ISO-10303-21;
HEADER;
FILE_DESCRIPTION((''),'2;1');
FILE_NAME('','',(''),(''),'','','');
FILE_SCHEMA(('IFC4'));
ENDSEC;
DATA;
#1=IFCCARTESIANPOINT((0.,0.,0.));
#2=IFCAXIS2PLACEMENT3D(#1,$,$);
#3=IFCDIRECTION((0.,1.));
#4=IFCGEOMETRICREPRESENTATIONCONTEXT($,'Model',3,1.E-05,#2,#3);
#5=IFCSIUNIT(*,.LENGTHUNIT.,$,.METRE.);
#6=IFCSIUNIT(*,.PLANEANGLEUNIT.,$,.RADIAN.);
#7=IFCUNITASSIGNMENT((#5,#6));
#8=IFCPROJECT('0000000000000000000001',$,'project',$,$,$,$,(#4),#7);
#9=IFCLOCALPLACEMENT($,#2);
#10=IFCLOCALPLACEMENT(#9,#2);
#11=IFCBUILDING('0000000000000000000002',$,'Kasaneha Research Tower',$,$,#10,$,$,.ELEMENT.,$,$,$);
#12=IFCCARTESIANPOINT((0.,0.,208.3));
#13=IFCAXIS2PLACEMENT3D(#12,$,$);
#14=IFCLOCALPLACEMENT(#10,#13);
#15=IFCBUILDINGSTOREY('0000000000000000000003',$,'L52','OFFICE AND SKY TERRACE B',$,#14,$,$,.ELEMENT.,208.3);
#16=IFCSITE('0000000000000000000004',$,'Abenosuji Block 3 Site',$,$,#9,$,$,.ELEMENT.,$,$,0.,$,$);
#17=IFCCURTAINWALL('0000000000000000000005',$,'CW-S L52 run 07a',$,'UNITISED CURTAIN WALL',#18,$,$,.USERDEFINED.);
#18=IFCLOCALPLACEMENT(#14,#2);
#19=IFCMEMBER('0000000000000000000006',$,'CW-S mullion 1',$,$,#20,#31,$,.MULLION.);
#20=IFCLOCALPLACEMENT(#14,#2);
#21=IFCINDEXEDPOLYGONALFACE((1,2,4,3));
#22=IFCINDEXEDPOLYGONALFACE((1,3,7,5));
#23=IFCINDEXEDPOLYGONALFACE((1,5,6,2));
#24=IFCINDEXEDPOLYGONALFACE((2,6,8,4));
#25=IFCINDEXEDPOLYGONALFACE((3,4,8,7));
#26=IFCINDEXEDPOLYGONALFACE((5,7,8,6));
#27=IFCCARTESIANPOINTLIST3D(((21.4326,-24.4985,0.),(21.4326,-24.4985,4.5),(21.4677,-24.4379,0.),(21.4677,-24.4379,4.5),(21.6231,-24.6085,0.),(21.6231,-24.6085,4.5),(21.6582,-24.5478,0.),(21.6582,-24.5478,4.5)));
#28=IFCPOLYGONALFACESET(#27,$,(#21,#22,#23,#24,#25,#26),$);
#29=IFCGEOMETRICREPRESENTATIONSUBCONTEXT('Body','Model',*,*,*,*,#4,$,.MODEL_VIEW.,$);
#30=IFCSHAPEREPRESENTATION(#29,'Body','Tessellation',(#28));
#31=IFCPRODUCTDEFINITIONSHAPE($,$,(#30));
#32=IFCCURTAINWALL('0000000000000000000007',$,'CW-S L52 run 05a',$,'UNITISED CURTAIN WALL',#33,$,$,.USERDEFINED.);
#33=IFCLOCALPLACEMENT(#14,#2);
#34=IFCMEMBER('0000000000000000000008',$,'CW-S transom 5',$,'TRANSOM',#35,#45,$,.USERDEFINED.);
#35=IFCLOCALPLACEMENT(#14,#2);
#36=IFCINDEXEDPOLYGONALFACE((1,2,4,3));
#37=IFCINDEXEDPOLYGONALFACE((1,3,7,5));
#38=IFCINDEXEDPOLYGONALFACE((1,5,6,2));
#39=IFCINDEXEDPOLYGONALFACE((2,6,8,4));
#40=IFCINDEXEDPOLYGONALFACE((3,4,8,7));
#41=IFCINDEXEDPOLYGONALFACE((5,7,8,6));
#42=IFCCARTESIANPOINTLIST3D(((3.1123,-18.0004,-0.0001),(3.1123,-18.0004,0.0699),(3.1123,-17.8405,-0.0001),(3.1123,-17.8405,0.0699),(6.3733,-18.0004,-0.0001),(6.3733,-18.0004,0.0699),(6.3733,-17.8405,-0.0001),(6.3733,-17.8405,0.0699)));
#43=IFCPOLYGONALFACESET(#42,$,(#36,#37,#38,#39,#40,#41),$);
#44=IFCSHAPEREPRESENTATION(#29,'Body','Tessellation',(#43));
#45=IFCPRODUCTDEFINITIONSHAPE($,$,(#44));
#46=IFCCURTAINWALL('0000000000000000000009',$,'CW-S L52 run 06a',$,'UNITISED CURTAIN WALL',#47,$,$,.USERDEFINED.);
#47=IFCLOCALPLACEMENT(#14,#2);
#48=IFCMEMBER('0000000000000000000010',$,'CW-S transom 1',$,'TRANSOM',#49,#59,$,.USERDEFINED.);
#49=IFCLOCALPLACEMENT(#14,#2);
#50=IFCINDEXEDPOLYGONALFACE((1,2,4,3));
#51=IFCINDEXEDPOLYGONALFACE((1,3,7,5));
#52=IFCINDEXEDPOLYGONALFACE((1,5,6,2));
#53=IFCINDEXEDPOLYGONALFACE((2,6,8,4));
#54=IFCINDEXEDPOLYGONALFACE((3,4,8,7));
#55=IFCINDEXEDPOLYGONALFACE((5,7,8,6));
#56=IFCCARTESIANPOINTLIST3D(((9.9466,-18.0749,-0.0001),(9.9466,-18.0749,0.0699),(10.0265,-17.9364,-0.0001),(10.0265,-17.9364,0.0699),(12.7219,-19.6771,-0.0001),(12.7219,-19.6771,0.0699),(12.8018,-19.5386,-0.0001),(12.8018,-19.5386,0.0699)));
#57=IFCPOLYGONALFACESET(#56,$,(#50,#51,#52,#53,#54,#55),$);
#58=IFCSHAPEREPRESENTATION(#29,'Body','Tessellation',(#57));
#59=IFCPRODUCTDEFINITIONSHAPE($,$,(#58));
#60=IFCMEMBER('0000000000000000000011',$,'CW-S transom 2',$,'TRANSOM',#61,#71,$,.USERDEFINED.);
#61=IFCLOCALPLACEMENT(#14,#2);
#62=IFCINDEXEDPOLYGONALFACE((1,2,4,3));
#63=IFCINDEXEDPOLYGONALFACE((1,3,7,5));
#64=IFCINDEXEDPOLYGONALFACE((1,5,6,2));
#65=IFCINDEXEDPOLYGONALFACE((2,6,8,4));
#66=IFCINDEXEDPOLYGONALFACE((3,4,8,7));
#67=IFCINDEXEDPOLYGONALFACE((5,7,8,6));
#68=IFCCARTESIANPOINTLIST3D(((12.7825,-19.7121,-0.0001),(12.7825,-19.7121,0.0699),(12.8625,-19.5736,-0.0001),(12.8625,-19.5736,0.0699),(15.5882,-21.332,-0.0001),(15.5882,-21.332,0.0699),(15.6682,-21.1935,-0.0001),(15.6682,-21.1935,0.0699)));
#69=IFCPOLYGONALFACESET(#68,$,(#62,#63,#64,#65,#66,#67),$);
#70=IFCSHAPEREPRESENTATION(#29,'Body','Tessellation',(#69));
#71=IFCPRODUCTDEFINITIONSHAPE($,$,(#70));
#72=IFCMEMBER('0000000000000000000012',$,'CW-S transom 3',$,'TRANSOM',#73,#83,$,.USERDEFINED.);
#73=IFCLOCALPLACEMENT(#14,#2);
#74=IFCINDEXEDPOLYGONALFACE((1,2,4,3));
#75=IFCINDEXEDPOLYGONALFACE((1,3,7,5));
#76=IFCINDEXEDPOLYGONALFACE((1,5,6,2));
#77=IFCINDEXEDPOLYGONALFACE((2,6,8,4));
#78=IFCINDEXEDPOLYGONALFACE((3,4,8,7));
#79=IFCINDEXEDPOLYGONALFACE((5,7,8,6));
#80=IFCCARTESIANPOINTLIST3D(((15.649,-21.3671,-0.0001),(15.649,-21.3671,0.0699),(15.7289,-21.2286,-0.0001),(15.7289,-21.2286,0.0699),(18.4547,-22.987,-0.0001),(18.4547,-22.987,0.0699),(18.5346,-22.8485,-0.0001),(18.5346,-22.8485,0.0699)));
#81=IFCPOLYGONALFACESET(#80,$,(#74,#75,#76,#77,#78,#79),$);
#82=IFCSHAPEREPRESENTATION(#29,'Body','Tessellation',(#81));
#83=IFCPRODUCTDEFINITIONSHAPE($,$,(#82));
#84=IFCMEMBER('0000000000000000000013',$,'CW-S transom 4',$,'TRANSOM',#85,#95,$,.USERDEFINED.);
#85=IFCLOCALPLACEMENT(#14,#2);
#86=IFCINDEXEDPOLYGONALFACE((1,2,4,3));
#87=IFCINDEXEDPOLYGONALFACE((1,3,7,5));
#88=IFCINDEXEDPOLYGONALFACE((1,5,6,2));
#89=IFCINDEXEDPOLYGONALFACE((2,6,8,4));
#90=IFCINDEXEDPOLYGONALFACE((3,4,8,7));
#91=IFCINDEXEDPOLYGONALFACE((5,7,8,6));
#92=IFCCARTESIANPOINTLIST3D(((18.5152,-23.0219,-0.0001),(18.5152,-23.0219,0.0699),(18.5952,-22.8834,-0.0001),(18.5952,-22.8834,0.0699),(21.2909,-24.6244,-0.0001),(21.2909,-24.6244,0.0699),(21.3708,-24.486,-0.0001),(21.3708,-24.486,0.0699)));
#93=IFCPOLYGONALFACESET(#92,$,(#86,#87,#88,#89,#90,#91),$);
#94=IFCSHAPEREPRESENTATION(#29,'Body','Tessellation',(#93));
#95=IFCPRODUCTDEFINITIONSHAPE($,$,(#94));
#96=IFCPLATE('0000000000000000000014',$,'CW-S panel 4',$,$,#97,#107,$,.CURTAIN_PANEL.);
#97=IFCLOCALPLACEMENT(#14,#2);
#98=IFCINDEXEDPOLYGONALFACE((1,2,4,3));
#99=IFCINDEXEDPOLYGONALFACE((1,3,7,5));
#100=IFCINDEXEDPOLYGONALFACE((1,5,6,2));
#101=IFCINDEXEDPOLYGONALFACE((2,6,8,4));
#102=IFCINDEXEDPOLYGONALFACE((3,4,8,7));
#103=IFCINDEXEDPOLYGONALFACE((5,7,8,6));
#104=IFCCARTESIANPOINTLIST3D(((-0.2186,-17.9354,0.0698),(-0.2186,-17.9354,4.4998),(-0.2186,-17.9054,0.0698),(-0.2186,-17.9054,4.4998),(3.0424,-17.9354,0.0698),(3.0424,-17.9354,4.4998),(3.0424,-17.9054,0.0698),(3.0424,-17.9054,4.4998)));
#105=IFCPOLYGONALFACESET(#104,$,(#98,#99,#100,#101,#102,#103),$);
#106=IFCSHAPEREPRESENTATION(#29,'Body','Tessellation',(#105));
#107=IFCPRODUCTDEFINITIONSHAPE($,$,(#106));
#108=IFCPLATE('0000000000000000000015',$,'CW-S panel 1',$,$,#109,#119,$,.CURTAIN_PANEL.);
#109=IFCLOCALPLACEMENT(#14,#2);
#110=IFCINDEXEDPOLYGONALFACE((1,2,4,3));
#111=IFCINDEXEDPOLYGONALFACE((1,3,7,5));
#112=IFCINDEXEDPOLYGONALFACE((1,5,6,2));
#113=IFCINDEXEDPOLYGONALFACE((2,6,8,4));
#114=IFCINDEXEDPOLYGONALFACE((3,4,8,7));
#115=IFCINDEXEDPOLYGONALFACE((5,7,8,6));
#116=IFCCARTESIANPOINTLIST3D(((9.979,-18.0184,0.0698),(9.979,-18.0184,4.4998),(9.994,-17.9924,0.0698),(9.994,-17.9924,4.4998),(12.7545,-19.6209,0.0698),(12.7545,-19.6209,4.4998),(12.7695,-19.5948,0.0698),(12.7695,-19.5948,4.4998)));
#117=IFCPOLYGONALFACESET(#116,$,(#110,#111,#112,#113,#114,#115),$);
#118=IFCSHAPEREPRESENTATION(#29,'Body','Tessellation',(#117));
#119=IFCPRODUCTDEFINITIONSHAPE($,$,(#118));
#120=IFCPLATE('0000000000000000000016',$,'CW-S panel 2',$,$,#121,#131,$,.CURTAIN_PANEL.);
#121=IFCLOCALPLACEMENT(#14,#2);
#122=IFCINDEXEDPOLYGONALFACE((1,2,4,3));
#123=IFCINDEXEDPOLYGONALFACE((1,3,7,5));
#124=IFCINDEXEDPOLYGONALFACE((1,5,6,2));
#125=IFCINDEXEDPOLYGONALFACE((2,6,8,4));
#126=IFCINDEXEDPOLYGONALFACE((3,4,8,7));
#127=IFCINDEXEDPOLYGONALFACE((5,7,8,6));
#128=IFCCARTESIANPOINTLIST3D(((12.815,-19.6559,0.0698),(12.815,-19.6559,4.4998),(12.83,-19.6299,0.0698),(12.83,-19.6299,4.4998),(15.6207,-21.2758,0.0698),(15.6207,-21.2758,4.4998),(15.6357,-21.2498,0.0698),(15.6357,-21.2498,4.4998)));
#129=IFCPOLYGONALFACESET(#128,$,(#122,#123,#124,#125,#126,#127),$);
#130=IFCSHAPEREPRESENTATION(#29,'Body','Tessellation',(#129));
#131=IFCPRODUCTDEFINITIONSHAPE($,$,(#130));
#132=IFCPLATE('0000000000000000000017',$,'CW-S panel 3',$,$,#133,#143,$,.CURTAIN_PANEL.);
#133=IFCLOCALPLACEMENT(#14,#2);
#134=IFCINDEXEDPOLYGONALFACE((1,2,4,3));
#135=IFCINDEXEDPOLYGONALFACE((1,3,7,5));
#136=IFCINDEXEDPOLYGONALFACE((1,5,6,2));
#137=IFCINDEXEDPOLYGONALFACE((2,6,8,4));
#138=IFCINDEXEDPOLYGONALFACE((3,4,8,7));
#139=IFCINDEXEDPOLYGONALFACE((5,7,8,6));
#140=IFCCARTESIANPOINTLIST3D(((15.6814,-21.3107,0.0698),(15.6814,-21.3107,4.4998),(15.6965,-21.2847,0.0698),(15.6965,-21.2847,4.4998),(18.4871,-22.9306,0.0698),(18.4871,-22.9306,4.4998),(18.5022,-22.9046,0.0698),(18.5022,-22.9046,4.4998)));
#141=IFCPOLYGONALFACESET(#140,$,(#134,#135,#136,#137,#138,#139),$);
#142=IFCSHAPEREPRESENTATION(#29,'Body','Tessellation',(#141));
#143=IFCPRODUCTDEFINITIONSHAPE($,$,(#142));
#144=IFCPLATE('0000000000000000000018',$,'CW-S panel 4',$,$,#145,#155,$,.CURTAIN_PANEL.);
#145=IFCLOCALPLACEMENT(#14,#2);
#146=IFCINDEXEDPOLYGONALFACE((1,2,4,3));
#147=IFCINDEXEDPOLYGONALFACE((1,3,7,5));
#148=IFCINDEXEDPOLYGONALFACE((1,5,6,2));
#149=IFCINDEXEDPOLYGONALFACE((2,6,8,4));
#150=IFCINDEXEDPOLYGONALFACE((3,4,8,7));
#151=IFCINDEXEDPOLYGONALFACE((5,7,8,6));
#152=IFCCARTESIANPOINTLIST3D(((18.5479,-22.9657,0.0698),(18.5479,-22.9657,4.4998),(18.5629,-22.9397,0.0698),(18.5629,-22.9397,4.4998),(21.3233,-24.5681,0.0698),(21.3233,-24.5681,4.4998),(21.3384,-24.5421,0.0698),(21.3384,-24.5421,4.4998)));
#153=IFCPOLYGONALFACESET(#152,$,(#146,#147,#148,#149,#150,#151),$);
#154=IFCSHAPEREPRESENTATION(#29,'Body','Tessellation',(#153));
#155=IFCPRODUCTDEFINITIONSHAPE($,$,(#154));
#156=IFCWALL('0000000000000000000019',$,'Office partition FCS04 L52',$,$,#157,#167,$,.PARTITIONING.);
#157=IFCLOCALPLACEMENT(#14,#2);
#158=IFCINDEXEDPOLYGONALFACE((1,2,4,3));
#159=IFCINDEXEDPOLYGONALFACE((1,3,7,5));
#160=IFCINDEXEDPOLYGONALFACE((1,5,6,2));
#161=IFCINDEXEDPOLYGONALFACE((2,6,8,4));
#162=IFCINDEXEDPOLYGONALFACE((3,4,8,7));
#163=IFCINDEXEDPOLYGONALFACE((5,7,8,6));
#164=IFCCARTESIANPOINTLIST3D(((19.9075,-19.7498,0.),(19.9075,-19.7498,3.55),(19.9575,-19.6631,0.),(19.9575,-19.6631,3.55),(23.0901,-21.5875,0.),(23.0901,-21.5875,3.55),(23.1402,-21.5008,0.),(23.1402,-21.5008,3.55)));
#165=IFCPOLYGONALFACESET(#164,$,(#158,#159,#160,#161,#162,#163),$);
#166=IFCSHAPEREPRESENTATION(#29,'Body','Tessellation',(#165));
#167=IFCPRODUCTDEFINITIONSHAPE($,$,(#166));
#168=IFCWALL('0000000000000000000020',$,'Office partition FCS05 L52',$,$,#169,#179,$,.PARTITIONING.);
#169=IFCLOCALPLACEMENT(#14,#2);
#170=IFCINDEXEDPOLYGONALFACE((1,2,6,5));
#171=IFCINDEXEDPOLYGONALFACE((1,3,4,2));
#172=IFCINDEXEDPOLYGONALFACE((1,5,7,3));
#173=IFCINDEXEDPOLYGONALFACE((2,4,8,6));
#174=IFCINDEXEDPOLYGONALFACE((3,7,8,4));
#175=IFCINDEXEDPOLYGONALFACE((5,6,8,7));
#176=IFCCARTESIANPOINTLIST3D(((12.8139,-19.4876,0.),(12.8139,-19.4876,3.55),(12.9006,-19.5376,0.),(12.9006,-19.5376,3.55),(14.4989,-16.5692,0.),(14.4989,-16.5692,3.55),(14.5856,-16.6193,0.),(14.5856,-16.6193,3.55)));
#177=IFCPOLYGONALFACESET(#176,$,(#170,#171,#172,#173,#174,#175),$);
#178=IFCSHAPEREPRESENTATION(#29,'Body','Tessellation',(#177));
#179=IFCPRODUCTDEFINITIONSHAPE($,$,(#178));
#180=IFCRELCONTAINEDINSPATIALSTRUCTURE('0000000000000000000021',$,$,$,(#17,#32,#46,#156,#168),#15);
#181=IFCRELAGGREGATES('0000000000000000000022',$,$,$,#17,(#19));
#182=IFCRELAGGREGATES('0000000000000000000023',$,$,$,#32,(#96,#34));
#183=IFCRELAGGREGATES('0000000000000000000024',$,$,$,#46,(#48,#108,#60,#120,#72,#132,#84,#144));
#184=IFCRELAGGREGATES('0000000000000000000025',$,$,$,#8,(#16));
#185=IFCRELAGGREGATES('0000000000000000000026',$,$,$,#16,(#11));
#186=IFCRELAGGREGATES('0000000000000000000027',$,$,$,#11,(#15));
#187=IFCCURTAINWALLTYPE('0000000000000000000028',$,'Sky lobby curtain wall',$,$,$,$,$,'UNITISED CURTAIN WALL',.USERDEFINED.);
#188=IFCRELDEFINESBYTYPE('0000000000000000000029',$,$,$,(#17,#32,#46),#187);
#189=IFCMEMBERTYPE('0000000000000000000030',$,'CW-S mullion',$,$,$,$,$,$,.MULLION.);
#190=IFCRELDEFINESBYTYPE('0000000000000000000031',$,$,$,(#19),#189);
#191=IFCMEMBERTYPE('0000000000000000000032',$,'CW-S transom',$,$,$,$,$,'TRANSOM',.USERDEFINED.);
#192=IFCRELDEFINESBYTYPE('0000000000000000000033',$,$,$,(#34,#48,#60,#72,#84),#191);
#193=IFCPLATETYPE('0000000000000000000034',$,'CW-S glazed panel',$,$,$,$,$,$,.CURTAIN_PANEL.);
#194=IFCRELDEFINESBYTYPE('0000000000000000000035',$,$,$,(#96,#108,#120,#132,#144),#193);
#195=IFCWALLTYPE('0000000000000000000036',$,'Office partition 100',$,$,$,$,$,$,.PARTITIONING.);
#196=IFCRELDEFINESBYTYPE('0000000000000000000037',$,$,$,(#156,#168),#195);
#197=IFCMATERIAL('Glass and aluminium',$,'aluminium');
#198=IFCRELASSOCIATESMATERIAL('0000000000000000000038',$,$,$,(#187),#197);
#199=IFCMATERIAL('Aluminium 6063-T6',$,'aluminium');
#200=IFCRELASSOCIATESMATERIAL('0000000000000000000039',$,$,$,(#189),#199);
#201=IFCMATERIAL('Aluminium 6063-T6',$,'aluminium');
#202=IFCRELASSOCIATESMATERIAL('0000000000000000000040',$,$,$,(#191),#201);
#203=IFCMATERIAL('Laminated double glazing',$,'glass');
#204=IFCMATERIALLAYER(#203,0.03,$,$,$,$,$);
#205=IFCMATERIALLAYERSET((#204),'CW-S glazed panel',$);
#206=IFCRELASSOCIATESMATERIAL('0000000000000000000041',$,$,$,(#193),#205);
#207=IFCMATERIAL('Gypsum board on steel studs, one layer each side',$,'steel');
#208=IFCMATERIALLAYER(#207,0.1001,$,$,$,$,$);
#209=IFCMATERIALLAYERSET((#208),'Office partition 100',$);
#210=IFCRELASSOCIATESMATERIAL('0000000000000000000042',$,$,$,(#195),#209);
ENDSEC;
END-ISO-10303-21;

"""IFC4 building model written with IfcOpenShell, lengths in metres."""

from ifc_helpers import new_model, si_unit, direction, frame, frame_2d, origin, origin_2d, place, context, subcontext, project, spatial, rectangle, extrude, material, layer, layer_set, material_profile, profile_set, type_object, element, aggregate, save


model = new_model("IFC4")

# Units and contexts
model_context = context("Model", 3, precision=1e-05, world=origin(), true_north=direction((0.0, 1.0)))
body_context = subcontext(model_context, "Body", "Model", "MODEL_VIEW")
ifc_project = project(units=[si_unit("LENGTHUNIT", "METRE"), si_unit("PLANEANGLEUNIT", "RADIAN")], contexts=[model_context])

# Site, building, storey
site_placement = place(None, origin())
site = spatial("IfcSite", under=ifc_project, at=site_placement, Name="Abenosuji Block 3 Site", CompositionType="ELEMENT", RefElevation=0.0)
building_placement = place(site_placement, origin())
building = spatial("IfcBuilding", under=site, at=building_placement, Name="Kasaneha Research Tower", CompositionType="ELEMENT")
storey_placement = place(building_placement, frame((0.0, 0.0, 208.3)))
storey = spatial("IfcBuildingStorey", under=building, at=storey_placement, Name="L52", Description="OFFICE AND SKY TERRACE B", CompositionType="ELEMENT", Elevation=208.3)

# Curtain walls, members
ifc_material_1 = material(Name="Glass and aluminium", Category="aluminium")
curtain_wall_type = type_object("IfcCurtainWallType", Name="Sky lobby curtain wall", ElementType="UNITISED CURTAIN WALL", PredefinedType="USERDEFINED", material=ifc_material_1)
curtain_wall_1_placement = place(storey_placement, origin())
curtain_wall_1 = element("IfcCurtainWall", 1, at=curtain_wall_1_placement, inside=storey, type_object=curtain_wall_type, Name="CW-S L52 run 07a", ObjectType="UNITISED CURTAIN WALL", PredefinedType="USERDEFINED")
ifc_material_2 = material(Name="Aluminium 6063-T6", Category="aluminium")
ifc_material_profile_1 = material_profile(ifc_material_2, rectangle(XDim=0.0701, YDim=0.22, at=origin_2d()), Name="CW-S mullion 70x220")
ifc_profile_set_1 = profile_set([ifc_material_profile_1], Name="Aluminium 6063-T6")
member_type_1 = type_object("IfcMemberType", Name="CW-S mullion", PredefinedType="MULLION", material=ifc_profile_set_1)
member_1_placement = place(storey_placement, frame((21.5454, -24.5232, 0.0), z_axis=(0.0, 0.0, 1.0), x_axis=(0.5, 0.866025, 0.0)))
member_1 = element("IfcMember", 2, at=member_1_placement, type_object=member_type_1, Name="CW-S mullion 1", PredefinedType="MULLION", context=body_context, shape_type="SweptSolid", body=[
    extrude(rectangle(XDim=0.0701, YDim=0.22, at=origin_2d()), origin(), (0.0, 0.0, 1.0), 4.5),
])
aggregate(curtain_wall_1, [member_1])
curtain_wall_2_placement = place(storey_placement, origin())
curtain_wall_2 = element("IfcCurtainWall", 3, at=curtain_wall_2_placement, inside=storey, type_object=curtain_wall_type, Name="CW-S L52 run 05a", ObjectType="UNITISED CURTAIN WALL", PredefinedType="USERDEFINED")
ifc_material_3 = material(Name="Aluminium 6063-T6", Category="aluminium")
ifc_material_profile_2 = material_profile(ifc_material_3, rectangle(XDim=0.1599, YDim=0.0701, at=origin_2d()), Name="CW-S transom 160x70")
ifc_profile_set_2 = profile_set([ifc_material_profile_2], Name="Aluminium 6063-T6")
member_type_2 = type_object("IfcMemberType", Name="CW-S transom", ElementType="TRANSOM", PredefinedType="USERDEFINED", material=ifc_profile_set_2)
member_2_placement = place(storey_placement, frame((3.1123, -17.9204, 0.0349), z_axis=(1.0, 0.0, 0.0), x_axis=(0.0, 1.0, 0.0)))
member_2 = element("IfcMember", 4, at=member_2_placement, type_object=member_type_2, Name="CW-S transom 5", ObjectType="TRANSOM", PredefinedType="USERDEFINED", context=body_context, shape_type="SweptSolid", body=[
    extrude(rectangle(XDim=0.1599, YDim=0.0701, at=origin_2d()), origin(), (0.0, 0.0, 1.0), 3.261),
])

# Curtain wall, members
curtain_wall_3_placement = place(storey_placement, origin())
curtain_wall_3 = element("IfcCurtainWall", 5, at=curtain_wall_3_placement, inside=storey, type_object=curtain_wall_type, Name="CW-S L52 run 06a", ObjectType="UNITISED CURTAIN WALL", PredefinedType="USERDEFINED")
member_3_placement = place(storey_placement, frame((9.9866, -18.0056, 0.0349), z_axis=(0.866036, -0.499982, 0.0), x_axis=(0.499982, 0.866036, 0.0)))
member_3 = element("IfcMember", 6, at=member_3_placement, type_object=member_type_2, Name="CW-S transom 1", ObjectType="TRANSOM", PredefinedType="USERDEFINED", context=body_context, shape_type="SweptSolid", body=[
    extrude(rectangle(XDim=0.1599, YDim=0.0701, at=origin_2d()), origin(), (0.0, 0.0, 1.0), 3.2046),
])
member_4_placement = place(storey_placement, frame((12.8225, -19.6428, 0.0349), z_axis=(0.866022, -0.500005, 0.0), x_axis=(0.500005, 0.866022, 0.0)))
member_4 = element("IfcMember", 7, at=member_4_placement, type_object=member_type_2, Name="CW-S transom 2", ObjectType="TRANSOM", PredefinedType="USERDEFINED", context=body_context, shape_type="SweptSolid", body=[
    extrude(rectangle(XDim=0.1599, YDim=0.0701, at=origin_2d()), origin(), (0.0, 0.0, 1.0), 3.2397),
])
member_5_placement = place(storey_placement, frame((15.689, -21.2979, 0.0349), z_axis=(0.866022, -0.500005, 0.0), x_axis=(0.500005, 0.866022, 0.0)))
member_5 = element("IfcMember", 8, at=member_5_placement, type_object=member_type_2, Name="CW-S transom 3", ObjectType="TRANSOM", PredefinedType="USERDEFINED", context=body_context, shape_type="SweptSolid", body=[
    extrude(rectangle(XDim=0.1599, YDim=0.0701, at=origin_2d()), origin(), (0.0, 0.0, 1.0), 3.2397),
])
member_6_placement = place(storey_placement, frame((18.5552, -22.9526, 0.0349), z_axis=(0.866022, -0.500006, 0.0), x_axis=(0.500006, 0.866022, 0.0)))
member_6 = element("IfcMember", 9, at=member_6_placement, type_object=member_type_2, Name="CW-S transom 4", ObjectType="TRANSOM", PredefinedType="USERDEFINED", context=body_context, shape_type="SweptSolid", body=[
    extrude(rectangle(XDim=0.1599, YDim=0.0701, at=origin_2d()), origin(), (0.0, 0.0, 1.0), 3.2051),
])

# Plates
ifc_material_4 = material(Name="Laminated double glazing", Category="glass")
ifc_layer_1 = layer(ifc_material_4, 0.03)
ifc_layer_set_1 = layer_set([ifc_layer_1], Name="CW-S glazed panel")
plate_type = type_object("IfcPlateType", Name="CW-S glazed panel", PredefinedType="CURTAIN_PANEL", material=ifc_layer_set_1)
plate_1_placement = place(storey_placement, frame((1.4119, -17.9204, 0.0698), z_axis=(0.0, 0.0, 1.0), x_axis=(1.0, 0.0, 0.0)))
plate_1 = element("IfcPlate", 10, at=plate_1_placement, type_object=plate_type, Name="CW-S panel 4", PredefinedType="CURTAIN_PANEL", context=body_context, shape_type="SweptSolid", body=[
    extrude(rectangle(XDim=3.261, YDim=0.03, at=origin_2d()), origin(), (0.0, 0.0, 1.0), 4.4299),
])
aggregate(curtain_wall_2, [plate_1, member_2])
plate_2_placement = place(storey_placement, frame((11.3743, -18.8066, 0.0698), z_axis=(0.0, 0.0, 1.0), x_axis=(0.866025, -0.5, 0.0)))
plate_2 = element("IfcPlate", 11, at=plate_2_placement, type_object=plate_type, Name="CW-S panel 1", PredefinedType="CURTAIN_PANEL", context=body_context, shape_type="SweptSolid", body=[
    extrude(rectangle(XDim=3.2048, YDim=0.03, at=origin_2d()), origin(), (0.0, 0.0, 1.0), 4.4299),
])
plate_3_placement = place(storey_placement, frame((14.2253, -20.4529, 0.0698), z_axis=(0.0, 0.0, 1.0), x_axis=(0.866025, -0.5, 0.0)))
plate_3 = element("IfcPlate", 12, at=plate_3_placement, type_object=plate_type, Name="CW-S panel 2", PredefinedType="CURTAIN_PANEL", context=body_context, shape_type="SweptSolid", body=[
    extrude(rectangle(XDim=3.2397, YDim=0.03, at=origin_2d()), origin(), (0.0, 0.0, 1.0), 4.4299),
])
plate_4_placement = place(storey_placement, frame((17.0918, -22.1077, 0.0698), z_axis=(0.0, 0.0, 1.0), x_axis=(0.866025, -0.5, 0.0)))
plate_4 = element("IfcPlate", 13, at=plate_4_placement, type_object=plate_type, Name="CW-S panel 3", PredefinedType="CURTAIN_PANEL", context=body_context, shape_type="SweptSolid", body=[
    extrude(rectangle(XDim=3.2397, YDim=0.03, at=origin_2d()), origin(), (0.0, 0.0, 1.0), 4.4299),
])
plate_5_placement = place(storey_placement, frame((19.9431, -23.7539, 0.0698), z_axis=(0.0, 0.0, 1.0), x_axis=(0.866025, -0.5, 0.0)))
plate_5 = element("IfcPlate", 14, at=plate_5_placement, type_object=plate_type, Name="CW-S panel 4", PredefinedType="CURTAIN_PANEL", context=body_context, shape_type="SweptSolid", body=[
    extrude(rectangle(XDim=3.2048, YDim=0.03, at=origin_2d()), origin(), (0.0, 0.0, 1.0), 4.4299),
])
aggregate(curtain_wall_3, [member_3, plate_2, member_4, plate_3, member_5, plate_4, member_6, plate_5])

# Walls
ifc_material_5 = material(Name="Gypsum board on steel studs, one layer each side", Category="steel")
ifc_layer_2 = layer(ifc_material_5, 0.1001)
ifc_layer_set_2 = layer_set([ifc_layer_2], Name="Office partition 100")
wall_type = type_object("IfcWallType", Name="Office partition 100", PredefinedType="PARTITIONING", material=ifc_layer_set_2)
wall_1_placement = place(storey_placement, frame((19.9326, -19.7065, 0.0), z_axis=(0.0, 0.0, 1.0), x_axis=(0.866006, -0.500033, 0.0)))
element("IfcWall", 15, at=wall_1_placement, inside=storey, type_object=wall_type, Name="Office partition FCS04 L52", PredefinedType="PARTITIONING", context=body_context, shape_type="SweptSolid", body=[
    extrude(rectangle(XDim=3.675, YDim=0.1001, at=frame_2d((1.8374, 0.0))), origin(), (0.0, 0.0, 1.0), 3.55),
])
wall_2_placement = place(storey_placement, frame((12.8572, -19.5127, 0.0), z_axis=(0.0, 0.0, 1.0), x_axis=(0.500019, 0.866014, 0.0)))
element("IfcWall", 16, at=wall_2_placement, inside=storey, type_object=wall_type, Name="Office partition FCS05 L52", PredefinedType="PARTITIONING", context=body_context, shape_type="SweptSolid", body=[
    extrude(rectangle(XDim=3.3699, YDim=0.1001, at=frame_2d((1.6851, 0.0))), origin(), (0.0, 0.0, 1.0), 3.55),
])

save(model, "model.ifc")
